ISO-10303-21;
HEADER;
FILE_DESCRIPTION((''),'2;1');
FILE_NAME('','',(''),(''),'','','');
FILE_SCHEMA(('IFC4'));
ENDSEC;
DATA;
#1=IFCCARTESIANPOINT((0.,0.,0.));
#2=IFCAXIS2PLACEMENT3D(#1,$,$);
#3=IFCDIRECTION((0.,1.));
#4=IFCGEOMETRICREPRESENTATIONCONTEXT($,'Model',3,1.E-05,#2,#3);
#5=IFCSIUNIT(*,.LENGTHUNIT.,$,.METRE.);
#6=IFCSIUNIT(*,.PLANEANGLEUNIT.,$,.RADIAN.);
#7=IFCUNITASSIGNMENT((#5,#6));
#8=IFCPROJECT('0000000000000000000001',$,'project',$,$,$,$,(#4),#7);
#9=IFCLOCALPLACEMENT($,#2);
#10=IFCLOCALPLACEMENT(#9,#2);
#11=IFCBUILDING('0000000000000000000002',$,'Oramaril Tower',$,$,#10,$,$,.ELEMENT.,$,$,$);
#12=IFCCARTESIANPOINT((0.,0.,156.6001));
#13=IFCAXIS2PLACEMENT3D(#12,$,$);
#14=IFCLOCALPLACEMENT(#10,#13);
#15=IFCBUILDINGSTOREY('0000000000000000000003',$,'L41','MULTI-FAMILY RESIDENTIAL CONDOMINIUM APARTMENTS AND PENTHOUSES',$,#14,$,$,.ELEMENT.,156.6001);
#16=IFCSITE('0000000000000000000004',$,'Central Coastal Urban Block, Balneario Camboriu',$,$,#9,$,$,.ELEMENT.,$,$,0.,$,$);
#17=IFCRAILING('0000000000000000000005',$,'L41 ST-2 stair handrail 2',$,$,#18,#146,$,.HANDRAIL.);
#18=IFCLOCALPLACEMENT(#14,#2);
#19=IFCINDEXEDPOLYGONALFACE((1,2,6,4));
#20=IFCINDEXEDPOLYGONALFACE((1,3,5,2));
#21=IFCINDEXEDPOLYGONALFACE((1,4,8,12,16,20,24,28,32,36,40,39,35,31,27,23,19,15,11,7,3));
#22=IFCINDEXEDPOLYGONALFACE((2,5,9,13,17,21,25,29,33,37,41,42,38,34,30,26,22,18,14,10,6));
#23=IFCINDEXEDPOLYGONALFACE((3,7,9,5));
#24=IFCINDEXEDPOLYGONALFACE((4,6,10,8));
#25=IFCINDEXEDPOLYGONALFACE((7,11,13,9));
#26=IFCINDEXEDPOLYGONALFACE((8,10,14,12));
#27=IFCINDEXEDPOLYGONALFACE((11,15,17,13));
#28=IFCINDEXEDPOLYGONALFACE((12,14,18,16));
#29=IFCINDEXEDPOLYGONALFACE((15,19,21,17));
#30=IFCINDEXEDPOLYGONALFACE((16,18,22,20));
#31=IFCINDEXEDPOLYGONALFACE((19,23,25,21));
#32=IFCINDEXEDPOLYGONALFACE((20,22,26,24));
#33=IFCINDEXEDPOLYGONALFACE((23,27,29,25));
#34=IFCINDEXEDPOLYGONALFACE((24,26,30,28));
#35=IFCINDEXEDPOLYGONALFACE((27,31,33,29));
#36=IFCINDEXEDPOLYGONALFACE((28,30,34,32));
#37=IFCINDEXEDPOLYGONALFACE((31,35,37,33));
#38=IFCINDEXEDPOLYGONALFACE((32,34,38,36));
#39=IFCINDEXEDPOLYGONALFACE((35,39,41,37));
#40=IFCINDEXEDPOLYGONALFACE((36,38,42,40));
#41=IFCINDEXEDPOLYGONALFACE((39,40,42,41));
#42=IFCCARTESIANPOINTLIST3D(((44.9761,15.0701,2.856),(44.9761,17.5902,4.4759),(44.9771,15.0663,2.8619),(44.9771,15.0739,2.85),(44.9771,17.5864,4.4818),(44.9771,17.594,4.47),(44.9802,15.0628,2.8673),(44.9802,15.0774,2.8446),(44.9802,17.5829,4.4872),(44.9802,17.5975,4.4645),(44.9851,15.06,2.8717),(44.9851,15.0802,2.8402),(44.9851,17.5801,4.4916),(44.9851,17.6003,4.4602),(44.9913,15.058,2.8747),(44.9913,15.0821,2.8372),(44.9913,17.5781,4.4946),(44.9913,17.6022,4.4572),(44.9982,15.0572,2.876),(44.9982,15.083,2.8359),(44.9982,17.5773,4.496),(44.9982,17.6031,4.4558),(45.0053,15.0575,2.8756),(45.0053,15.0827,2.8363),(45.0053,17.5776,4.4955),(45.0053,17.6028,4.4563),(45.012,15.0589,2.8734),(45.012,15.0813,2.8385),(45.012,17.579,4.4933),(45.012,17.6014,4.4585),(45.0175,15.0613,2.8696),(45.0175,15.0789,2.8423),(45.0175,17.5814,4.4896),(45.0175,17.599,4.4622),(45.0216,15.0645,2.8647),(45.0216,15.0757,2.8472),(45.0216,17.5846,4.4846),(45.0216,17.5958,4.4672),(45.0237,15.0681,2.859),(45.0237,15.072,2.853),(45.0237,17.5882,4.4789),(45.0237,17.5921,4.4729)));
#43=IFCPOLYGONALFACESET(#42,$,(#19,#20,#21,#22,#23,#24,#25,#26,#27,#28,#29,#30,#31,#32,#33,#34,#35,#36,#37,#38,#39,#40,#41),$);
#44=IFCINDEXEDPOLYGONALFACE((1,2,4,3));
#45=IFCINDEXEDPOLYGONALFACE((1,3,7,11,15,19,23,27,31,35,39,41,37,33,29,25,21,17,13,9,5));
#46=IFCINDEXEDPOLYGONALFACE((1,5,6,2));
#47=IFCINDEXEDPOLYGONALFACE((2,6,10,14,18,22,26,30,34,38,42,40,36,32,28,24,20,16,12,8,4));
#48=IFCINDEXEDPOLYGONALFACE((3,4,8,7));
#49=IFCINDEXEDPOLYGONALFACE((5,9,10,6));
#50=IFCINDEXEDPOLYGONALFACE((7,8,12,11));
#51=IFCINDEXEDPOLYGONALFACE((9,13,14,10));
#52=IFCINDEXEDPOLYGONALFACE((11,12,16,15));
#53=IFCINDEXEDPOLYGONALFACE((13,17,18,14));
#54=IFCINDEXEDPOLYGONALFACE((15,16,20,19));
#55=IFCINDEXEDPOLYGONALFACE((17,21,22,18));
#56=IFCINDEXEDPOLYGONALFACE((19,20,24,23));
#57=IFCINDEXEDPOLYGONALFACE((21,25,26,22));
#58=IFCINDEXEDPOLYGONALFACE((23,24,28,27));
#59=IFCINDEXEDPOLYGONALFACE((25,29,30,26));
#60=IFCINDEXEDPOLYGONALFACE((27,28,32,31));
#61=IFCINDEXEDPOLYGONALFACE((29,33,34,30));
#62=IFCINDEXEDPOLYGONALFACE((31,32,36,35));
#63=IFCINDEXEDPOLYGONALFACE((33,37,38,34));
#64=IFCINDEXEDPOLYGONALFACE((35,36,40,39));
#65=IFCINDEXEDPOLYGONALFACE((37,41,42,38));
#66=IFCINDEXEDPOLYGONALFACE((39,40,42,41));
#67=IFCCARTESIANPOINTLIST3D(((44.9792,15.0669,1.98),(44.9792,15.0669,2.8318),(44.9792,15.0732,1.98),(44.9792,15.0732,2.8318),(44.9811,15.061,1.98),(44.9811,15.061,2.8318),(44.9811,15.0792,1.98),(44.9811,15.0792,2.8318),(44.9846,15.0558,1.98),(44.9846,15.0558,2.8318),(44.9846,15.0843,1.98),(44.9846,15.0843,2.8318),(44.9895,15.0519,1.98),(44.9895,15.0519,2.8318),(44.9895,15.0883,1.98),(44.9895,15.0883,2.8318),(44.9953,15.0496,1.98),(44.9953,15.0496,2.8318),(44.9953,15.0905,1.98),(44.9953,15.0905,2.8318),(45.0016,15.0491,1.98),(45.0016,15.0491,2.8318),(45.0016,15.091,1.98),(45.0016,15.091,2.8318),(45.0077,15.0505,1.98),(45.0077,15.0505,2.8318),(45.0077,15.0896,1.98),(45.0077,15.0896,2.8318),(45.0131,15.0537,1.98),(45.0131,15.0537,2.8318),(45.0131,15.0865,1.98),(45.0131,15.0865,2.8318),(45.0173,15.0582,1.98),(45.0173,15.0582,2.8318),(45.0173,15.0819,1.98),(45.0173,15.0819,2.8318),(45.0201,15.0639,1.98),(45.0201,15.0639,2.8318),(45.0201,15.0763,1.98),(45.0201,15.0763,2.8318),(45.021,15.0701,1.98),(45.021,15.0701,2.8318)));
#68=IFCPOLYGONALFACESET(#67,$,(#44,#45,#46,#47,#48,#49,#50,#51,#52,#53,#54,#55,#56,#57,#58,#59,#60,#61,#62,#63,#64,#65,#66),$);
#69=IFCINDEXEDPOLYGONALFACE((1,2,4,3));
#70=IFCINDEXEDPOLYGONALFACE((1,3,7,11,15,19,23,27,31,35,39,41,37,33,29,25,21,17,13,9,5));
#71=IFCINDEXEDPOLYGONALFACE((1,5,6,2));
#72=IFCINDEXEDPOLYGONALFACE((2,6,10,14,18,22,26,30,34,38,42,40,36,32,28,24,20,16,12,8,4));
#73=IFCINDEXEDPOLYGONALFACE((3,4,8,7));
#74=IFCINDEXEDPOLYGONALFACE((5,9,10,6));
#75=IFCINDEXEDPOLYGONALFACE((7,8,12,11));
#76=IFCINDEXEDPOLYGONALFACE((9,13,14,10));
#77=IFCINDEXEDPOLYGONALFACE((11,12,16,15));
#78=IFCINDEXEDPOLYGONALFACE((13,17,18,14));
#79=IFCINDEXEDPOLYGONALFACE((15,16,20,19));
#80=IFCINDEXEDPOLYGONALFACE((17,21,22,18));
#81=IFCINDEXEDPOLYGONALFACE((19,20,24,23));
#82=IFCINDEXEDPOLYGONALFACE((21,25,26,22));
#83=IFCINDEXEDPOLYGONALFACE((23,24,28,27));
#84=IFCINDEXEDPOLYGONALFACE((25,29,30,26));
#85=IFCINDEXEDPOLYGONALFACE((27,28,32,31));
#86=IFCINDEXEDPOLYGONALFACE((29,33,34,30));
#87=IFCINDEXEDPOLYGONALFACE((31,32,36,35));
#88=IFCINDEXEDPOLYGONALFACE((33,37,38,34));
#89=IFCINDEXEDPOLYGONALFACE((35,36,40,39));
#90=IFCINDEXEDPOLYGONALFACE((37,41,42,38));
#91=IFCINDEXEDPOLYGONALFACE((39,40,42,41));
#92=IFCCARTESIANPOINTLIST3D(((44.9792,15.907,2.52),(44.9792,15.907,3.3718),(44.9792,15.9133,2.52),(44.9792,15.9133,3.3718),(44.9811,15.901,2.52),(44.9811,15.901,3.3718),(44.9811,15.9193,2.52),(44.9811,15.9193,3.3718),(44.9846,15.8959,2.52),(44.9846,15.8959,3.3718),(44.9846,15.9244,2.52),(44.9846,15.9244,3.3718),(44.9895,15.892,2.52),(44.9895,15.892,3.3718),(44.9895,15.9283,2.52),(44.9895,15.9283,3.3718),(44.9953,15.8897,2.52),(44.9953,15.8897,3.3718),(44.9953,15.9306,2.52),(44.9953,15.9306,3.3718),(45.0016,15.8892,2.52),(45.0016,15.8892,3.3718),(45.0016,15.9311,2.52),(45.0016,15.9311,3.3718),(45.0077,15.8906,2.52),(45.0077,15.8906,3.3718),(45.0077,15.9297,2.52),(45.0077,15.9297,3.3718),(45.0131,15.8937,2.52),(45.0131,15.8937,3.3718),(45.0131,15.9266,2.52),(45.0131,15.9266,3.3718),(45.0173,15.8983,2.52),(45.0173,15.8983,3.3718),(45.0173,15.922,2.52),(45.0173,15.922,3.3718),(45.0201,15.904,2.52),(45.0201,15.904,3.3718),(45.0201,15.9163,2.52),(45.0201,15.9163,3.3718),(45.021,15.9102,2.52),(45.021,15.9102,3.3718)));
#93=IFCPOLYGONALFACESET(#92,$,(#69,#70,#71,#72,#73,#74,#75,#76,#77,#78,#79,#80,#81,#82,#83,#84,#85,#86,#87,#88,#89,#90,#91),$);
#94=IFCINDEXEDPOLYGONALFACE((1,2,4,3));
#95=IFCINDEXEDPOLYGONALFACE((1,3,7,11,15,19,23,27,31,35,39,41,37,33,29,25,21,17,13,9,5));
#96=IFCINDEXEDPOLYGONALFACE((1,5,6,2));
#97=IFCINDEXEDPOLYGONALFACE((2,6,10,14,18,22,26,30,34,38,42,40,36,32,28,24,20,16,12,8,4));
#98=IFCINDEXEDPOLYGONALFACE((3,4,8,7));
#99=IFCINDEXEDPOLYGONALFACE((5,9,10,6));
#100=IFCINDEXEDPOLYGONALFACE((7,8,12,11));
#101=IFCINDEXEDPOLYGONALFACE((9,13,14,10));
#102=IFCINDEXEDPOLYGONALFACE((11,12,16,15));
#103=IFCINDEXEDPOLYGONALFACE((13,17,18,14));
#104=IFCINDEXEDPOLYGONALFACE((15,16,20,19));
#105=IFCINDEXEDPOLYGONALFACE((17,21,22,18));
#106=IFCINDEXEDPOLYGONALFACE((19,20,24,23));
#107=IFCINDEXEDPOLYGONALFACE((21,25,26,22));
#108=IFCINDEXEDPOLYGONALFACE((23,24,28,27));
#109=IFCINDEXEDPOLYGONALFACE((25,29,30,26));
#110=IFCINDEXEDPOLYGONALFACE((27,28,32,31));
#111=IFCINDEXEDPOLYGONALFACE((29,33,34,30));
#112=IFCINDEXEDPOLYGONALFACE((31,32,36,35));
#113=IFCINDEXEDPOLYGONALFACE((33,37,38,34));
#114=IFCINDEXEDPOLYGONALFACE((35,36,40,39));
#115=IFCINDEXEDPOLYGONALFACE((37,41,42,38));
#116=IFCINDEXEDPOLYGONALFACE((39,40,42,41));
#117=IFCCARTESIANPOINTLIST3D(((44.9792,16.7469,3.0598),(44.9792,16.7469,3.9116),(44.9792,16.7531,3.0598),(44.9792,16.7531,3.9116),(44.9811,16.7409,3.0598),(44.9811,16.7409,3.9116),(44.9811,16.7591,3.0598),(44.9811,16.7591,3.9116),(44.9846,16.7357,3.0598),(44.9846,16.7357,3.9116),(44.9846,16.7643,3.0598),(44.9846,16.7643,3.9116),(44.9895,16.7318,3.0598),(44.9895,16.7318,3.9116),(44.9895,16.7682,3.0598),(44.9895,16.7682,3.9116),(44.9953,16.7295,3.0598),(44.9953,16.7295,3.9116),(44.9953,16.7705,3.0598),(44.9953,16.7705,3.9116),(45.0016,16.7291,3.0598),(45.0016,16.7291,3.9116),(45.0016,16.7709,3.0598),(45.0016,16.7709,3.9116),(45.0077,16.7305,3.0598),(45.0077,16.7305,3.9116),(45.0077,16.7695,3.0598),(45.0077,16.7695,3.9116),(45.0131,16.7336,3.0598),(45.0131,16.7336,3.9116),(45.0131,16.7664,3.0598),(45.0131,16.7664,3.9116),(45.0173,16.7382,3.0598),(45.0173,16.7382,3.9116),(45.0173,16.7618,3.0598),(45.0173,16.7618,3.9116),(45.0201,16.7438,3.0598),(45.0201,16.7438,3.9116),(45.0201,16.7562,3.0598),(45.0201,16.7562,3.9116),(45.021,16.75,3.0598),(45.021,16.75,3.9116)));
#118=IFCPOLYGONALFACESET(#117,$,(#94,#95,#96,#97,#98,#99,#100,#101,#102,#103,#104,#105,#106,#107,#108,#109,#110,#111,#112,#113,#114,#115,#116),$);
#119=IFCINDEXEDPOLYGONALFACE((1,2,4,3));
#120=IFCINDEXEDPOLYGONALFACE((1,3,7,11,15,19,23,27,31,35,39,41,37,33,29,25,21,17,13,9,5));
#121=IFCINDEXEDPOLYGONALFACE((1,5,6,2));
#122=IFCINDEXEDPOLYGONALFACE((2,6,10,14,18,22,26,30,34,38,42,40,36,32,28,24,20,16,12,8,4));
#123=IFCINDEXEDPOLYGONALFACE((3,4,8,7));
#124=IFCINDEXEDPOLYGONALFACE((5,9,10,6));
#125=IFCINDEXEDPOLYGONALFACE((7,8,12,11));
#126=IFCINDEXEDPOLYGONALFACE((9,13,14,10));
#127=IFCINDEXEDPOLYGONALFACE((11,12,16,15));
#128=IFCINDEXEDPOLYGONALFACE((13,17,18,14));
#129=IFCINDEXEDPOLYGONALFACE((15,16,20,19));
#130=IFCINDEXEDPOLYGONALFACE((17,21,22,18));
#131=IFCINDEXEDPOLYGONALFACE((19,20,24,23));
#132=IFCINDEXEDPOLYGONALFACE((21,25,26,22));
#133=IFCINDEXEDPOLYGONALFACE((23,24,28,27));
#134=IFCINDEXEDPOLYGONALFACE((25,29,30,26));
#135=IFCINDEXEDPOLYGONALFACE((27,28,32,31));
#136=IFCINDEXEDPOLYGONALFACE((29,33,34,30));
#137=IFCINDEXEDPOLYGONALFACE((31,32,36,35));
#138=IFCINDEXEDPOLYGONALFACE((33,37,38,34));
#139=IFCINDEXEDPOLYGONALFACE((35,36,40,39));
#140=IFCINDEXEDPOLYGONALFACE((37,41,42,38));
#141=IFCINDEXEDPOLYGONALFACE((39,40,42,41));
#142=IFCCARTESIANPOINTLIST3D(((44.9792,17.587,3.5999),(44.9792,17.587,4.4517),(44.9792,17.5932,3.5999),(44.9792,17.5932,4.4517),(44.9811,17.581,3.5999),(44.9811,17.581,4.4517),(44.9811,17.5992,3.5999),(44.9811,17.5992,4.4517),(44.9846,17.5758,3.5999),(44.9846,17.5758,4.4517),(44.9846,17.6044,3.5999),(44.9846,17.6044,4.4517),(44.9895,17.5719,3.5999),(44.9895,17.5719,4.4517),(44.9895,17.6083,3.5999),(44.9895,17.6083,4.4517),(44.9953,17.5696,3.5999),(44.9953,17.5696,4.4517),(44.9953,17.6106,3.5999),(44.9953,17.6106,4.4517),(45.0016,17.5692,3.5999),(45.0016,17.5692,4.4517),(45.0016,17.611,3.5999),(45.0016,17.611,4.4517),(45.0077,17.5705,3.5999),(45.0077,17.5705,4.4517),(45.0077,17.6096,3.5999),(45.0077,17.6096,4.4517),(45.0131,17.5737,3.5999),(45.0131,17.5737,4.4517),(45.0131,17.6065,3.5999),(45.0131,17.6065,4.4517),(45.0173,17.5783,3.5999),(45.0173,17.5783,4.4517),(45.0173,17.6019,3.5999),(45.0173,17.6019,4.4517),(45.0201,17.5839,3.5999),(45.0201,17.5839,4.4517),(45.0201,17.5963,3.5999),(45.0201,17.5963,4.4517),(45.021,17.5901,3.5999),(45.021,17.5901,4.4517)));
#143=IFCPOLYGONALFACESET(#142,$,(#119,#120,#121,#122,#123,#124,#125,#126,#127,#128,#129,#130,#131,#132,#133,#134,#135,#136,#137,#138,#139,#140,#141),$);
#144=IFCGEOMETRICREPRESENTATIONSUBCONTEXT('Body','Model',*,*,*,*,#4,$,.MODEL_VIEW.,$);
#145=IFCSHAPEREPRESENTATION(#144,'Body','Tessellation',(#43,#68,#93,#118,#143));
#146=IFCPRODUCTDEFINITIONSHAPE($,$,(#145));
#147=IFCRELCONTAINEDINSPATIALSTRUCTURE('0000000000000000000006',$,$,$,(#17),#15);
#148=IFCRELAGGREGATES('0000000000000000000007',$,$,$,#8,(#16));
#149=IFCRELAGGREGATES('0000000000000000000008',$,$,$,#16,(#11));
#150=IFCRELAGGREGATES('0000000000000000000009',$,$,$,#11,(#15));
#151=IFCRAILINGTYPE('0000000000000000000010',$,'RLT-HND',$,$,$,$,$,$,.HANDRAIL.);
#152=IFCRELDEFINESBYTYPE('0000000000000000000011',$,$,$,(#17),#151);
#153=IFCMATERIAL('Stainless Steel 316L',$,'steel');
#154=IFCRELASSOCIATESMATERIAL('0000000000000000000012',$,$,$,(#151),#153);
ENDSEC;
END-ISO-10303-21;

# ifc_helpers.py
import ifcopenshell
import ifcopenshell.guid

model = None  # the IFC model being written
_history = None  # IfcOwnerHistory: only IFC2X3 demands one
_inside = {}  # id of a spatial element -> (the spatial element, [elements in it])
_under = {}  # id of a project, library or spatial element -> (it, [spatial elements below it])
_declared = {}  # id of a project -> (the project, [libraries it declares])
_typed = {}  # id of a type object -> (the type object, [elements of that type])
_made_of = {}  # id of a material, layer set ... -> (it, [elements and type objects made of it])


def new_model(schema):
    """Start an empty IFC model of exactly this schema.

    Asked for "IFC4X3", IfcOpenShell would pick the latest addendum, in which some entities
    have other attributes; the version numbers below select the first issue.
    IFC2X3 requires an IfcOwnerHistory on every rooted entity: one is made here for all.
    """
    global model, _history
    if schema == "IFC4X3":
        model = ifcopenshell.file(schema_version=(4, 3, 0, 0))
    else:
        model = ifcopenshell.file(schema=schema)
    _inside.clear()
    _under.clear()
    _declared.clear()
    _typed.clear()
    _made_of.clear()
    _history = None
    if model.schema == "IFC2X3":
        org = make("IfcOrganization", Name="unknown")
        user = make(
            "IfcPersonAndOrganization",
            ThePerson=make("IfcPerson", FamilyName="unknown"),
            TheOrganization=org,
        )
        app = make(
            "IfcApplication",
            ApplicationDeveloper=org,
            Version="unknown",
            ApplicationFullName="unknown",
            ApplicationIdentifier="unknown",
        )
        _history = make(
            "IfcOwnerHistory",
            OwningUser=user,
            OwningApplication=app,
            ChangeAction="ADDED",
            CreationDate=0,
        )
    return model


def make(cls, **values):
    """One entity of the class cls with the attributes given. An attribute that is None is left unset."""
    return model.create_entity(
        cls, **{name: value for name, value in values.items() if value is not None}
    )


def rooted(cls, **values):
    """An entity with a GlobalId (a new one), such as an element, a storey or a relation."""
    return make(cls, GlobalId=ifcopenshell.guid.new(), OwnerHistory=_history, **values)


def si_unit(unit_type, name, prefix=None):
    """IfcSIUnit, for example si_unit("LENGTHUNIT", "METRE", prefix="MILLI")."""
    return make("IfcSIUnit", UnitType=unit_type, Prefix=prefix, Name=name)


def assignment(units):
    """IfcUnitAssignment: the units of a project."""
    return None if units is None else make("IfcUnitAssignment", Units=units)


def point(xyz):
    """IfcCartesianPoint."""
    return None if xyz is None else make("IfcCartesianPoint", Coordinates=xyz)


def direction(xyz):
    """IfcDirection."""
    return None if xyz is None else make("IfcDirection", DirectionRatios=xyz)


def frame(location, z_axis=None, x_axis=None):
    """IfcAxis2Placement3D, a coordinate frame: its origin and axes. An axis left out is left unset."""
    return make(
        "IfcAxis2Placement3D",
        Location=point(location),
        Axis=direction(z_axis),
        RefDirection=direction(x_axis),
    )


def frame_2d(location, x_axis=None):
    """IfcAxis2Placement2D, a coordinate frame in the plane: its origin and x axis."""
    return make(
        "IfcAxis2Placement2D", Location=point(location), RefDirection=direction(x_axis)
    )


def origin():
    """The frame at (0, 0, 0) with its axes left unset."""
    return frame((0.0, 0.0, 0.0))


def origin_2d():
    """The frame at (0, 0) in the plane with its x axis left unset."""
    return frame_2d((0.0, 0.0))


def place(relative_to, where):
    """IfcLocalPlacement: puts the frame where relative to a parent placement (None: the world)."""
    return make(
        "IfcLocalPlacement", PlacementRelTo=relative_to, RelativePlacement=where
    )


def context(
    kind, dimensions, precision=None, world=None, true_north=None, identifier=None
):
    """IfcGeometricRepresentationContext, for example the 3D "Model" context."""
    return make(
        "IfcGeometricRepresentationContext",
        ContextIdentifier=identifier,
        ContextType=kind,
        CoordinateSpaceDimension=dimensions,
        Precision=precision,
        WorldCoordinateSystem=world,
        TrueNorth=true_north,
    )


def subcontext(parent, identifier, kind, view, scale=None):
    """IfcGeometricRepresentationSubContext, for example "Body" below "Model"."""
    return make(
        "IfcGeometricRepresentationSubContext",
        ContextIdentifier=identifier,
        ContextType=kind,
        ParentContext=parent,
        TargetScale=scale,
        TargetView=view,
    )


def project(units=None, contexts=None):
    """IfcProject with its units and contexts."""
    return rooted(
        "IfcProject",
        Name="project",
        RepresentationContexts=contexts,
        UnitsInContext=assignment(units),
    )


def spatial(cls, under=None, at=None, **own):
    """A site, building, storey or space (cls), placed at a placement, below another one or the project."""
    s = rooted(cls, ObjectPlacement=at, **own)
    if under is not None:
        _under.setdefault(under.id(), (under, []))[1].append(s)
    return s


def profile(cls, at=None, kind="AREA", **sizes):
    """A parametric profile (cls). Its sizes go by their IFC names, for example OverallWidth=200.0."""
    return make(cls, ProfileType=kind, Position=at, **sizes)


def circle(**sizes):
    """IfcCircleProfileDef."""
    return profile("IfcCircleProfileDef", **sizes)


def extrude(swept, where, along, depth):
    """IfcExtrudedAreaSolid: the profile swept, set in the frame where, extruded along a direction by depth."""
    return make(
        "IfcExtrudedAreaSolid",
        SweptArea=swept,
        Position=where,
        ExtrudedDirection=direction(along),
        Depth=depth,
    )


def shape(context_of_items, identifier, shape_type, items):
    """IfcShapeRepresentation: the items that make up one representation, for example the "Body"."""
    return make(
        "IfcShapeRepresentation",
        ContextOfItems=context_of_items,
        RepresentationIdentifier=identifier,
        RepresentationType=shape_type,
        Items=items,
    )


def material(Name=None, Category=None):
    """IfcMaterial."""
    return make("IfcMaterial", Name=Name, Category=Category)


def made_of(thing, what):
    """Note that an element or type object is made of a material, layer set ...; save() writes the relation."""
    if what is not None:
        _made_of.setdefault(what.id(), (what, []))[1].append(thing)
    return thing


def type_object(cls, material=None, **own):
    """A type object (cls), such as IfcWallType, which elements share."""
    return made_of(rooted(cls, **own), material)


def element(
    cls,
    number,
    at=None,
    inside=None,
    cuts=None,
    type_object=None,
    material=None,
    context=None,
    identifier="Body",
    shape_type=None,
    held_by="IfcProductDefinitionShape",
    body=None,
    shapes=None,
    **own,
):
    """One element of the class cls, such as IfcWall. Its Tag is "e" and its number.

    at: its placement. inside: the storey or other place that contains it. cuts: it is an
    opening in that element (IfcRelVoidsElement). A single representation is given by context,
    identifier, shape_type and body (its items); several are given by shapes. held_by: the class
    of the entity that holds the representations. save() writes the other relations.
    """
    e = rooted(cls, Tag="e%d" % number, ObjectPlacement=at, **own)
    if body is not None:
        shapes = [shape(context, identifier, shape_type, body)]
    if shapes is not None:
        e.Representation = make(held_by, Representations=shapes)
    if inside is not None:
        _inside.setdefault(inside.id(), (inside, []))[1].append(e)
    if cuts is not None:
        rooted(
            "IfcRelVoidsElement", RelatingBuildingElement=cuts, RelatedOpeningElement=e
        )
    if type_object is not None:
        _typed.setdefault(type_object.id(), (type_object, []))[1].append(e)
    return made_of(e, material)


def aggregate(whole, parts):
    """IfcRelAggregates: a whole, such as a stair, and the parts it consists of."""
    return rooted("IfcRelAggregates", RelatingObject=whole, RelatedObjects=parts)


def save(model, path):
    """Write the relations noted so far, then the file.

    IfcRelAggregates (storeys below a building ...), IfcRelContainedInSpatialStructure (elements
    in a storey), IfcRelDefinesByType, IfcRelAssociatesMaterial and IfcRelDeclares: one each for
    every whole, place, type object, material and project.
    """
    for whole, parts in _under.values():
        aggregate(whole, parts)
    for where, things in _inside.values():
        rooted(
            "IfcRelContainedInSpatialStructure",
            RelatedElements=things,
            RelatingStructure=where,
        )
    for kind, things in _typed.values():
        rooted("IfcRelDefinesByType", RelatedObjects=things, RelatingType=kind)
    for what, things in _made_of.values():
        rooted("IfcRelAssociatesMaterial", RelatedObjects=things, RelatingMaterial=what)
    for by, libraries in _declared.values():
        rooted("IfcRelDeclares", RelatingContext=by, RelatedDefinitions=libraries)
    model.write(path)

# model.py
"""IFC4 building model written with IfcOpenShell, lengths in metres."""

from ifc_helpers import new_model, si_unit, direction, frame, origin, origin_2d, place, context, subcontext, project, spatial, circle, extrude, material, type_object, element, save


model = new_model("IFC4")

# Units and contexts
model_context = context("Model", 3, precision=1e-05, world=origin(), true_north=direction((0.0, 1.0)))
body_context = subcontext(model_context, "Body", "Model", "MODEL_VIEW")
ifc_project = project(units=[si_unit("LENGTHUNIT", "METRE"), si_unit("PLANEANGLEUNIT", "RADIAN")], contexts=[model_context])

# Site, building, storey
site_placement = place(None, origin())
site = spatial("IfcSite", under=ifc_project, at=site_placement, Name="Central Coastal Urban Block, Balneario Camboriu", CompositionType="ELEMENT", RefElevation=0.0)
building_placement = place(site_placement, origin())
building = spatial("IfcBuilding", under=site, at=building_placement, Name="Oramaril Tower", CompositionType="ELEMENT")
storey_placement = place(building_placement, frame((0.0, 0.0, 156.6001)))
storey = spatial("IfcBuildingStorey", under=building, at=storey_placement, Name="L41", Description="MULTI-FAMILY RESIDENTIAL CONDOMINIUM APARTMENTS AND PENTHOUSES", CompositionType="ELEMENT", Elevation=156.6001)

# Railing
ifc_material_1 = material(Name="Stainless Steel 316L", Category="steel")
railing_type_1 = type_object("IfcRailingType", Name="RLT-HND", PredefinedType="HANDRAIL", material=ifc_material_1)
for number, where, name in (
    (1, (45.0, 15.0701, 1.98), "L41 ST-2 stair handrail 2"),
):
    element("IfcRailing", number, at=place(storey_placement, frame(where)), inside=storey, type_object=railing_type_1, Name=name, PredefinedType="HANDRAIL", context=body_context, shape_type="SweptSolid", body=[
        extrude(circle(Radius=0.0239, at=origin_2d()), frame((0.0, 0.0, 0.876), z_axis=(0.0, 0.8412, 0.540725), x_axis=(-1.0, 0.0, 0.0)), (0.0, 0.0, 1.0), 2.9958),
        extrude(circle(Radius=0.021, at=origin_2d()), origin(), (0.0, 0.0, 1.0), 0.8518),
        extrude(circle(Radius=0.021, at=origin_2d()), frame((0.0, 0.8401, 0.54)), (0.0, 0.0, 1.0), 0.8518),
        extrude(circle(Radius=0.021, at=origin_2d()), frame((0.0, 1.6799, 1.0798)), (0.0, 0.0, 1.0), 0.8518),
        extrude(circle(Radius=0.021, at=origin_2d()), frame((0.0, 2.52, 1.6199)), (0.0, 0.0, 1.0), 0.8518),
    ])

save(model, "model.ifc")
